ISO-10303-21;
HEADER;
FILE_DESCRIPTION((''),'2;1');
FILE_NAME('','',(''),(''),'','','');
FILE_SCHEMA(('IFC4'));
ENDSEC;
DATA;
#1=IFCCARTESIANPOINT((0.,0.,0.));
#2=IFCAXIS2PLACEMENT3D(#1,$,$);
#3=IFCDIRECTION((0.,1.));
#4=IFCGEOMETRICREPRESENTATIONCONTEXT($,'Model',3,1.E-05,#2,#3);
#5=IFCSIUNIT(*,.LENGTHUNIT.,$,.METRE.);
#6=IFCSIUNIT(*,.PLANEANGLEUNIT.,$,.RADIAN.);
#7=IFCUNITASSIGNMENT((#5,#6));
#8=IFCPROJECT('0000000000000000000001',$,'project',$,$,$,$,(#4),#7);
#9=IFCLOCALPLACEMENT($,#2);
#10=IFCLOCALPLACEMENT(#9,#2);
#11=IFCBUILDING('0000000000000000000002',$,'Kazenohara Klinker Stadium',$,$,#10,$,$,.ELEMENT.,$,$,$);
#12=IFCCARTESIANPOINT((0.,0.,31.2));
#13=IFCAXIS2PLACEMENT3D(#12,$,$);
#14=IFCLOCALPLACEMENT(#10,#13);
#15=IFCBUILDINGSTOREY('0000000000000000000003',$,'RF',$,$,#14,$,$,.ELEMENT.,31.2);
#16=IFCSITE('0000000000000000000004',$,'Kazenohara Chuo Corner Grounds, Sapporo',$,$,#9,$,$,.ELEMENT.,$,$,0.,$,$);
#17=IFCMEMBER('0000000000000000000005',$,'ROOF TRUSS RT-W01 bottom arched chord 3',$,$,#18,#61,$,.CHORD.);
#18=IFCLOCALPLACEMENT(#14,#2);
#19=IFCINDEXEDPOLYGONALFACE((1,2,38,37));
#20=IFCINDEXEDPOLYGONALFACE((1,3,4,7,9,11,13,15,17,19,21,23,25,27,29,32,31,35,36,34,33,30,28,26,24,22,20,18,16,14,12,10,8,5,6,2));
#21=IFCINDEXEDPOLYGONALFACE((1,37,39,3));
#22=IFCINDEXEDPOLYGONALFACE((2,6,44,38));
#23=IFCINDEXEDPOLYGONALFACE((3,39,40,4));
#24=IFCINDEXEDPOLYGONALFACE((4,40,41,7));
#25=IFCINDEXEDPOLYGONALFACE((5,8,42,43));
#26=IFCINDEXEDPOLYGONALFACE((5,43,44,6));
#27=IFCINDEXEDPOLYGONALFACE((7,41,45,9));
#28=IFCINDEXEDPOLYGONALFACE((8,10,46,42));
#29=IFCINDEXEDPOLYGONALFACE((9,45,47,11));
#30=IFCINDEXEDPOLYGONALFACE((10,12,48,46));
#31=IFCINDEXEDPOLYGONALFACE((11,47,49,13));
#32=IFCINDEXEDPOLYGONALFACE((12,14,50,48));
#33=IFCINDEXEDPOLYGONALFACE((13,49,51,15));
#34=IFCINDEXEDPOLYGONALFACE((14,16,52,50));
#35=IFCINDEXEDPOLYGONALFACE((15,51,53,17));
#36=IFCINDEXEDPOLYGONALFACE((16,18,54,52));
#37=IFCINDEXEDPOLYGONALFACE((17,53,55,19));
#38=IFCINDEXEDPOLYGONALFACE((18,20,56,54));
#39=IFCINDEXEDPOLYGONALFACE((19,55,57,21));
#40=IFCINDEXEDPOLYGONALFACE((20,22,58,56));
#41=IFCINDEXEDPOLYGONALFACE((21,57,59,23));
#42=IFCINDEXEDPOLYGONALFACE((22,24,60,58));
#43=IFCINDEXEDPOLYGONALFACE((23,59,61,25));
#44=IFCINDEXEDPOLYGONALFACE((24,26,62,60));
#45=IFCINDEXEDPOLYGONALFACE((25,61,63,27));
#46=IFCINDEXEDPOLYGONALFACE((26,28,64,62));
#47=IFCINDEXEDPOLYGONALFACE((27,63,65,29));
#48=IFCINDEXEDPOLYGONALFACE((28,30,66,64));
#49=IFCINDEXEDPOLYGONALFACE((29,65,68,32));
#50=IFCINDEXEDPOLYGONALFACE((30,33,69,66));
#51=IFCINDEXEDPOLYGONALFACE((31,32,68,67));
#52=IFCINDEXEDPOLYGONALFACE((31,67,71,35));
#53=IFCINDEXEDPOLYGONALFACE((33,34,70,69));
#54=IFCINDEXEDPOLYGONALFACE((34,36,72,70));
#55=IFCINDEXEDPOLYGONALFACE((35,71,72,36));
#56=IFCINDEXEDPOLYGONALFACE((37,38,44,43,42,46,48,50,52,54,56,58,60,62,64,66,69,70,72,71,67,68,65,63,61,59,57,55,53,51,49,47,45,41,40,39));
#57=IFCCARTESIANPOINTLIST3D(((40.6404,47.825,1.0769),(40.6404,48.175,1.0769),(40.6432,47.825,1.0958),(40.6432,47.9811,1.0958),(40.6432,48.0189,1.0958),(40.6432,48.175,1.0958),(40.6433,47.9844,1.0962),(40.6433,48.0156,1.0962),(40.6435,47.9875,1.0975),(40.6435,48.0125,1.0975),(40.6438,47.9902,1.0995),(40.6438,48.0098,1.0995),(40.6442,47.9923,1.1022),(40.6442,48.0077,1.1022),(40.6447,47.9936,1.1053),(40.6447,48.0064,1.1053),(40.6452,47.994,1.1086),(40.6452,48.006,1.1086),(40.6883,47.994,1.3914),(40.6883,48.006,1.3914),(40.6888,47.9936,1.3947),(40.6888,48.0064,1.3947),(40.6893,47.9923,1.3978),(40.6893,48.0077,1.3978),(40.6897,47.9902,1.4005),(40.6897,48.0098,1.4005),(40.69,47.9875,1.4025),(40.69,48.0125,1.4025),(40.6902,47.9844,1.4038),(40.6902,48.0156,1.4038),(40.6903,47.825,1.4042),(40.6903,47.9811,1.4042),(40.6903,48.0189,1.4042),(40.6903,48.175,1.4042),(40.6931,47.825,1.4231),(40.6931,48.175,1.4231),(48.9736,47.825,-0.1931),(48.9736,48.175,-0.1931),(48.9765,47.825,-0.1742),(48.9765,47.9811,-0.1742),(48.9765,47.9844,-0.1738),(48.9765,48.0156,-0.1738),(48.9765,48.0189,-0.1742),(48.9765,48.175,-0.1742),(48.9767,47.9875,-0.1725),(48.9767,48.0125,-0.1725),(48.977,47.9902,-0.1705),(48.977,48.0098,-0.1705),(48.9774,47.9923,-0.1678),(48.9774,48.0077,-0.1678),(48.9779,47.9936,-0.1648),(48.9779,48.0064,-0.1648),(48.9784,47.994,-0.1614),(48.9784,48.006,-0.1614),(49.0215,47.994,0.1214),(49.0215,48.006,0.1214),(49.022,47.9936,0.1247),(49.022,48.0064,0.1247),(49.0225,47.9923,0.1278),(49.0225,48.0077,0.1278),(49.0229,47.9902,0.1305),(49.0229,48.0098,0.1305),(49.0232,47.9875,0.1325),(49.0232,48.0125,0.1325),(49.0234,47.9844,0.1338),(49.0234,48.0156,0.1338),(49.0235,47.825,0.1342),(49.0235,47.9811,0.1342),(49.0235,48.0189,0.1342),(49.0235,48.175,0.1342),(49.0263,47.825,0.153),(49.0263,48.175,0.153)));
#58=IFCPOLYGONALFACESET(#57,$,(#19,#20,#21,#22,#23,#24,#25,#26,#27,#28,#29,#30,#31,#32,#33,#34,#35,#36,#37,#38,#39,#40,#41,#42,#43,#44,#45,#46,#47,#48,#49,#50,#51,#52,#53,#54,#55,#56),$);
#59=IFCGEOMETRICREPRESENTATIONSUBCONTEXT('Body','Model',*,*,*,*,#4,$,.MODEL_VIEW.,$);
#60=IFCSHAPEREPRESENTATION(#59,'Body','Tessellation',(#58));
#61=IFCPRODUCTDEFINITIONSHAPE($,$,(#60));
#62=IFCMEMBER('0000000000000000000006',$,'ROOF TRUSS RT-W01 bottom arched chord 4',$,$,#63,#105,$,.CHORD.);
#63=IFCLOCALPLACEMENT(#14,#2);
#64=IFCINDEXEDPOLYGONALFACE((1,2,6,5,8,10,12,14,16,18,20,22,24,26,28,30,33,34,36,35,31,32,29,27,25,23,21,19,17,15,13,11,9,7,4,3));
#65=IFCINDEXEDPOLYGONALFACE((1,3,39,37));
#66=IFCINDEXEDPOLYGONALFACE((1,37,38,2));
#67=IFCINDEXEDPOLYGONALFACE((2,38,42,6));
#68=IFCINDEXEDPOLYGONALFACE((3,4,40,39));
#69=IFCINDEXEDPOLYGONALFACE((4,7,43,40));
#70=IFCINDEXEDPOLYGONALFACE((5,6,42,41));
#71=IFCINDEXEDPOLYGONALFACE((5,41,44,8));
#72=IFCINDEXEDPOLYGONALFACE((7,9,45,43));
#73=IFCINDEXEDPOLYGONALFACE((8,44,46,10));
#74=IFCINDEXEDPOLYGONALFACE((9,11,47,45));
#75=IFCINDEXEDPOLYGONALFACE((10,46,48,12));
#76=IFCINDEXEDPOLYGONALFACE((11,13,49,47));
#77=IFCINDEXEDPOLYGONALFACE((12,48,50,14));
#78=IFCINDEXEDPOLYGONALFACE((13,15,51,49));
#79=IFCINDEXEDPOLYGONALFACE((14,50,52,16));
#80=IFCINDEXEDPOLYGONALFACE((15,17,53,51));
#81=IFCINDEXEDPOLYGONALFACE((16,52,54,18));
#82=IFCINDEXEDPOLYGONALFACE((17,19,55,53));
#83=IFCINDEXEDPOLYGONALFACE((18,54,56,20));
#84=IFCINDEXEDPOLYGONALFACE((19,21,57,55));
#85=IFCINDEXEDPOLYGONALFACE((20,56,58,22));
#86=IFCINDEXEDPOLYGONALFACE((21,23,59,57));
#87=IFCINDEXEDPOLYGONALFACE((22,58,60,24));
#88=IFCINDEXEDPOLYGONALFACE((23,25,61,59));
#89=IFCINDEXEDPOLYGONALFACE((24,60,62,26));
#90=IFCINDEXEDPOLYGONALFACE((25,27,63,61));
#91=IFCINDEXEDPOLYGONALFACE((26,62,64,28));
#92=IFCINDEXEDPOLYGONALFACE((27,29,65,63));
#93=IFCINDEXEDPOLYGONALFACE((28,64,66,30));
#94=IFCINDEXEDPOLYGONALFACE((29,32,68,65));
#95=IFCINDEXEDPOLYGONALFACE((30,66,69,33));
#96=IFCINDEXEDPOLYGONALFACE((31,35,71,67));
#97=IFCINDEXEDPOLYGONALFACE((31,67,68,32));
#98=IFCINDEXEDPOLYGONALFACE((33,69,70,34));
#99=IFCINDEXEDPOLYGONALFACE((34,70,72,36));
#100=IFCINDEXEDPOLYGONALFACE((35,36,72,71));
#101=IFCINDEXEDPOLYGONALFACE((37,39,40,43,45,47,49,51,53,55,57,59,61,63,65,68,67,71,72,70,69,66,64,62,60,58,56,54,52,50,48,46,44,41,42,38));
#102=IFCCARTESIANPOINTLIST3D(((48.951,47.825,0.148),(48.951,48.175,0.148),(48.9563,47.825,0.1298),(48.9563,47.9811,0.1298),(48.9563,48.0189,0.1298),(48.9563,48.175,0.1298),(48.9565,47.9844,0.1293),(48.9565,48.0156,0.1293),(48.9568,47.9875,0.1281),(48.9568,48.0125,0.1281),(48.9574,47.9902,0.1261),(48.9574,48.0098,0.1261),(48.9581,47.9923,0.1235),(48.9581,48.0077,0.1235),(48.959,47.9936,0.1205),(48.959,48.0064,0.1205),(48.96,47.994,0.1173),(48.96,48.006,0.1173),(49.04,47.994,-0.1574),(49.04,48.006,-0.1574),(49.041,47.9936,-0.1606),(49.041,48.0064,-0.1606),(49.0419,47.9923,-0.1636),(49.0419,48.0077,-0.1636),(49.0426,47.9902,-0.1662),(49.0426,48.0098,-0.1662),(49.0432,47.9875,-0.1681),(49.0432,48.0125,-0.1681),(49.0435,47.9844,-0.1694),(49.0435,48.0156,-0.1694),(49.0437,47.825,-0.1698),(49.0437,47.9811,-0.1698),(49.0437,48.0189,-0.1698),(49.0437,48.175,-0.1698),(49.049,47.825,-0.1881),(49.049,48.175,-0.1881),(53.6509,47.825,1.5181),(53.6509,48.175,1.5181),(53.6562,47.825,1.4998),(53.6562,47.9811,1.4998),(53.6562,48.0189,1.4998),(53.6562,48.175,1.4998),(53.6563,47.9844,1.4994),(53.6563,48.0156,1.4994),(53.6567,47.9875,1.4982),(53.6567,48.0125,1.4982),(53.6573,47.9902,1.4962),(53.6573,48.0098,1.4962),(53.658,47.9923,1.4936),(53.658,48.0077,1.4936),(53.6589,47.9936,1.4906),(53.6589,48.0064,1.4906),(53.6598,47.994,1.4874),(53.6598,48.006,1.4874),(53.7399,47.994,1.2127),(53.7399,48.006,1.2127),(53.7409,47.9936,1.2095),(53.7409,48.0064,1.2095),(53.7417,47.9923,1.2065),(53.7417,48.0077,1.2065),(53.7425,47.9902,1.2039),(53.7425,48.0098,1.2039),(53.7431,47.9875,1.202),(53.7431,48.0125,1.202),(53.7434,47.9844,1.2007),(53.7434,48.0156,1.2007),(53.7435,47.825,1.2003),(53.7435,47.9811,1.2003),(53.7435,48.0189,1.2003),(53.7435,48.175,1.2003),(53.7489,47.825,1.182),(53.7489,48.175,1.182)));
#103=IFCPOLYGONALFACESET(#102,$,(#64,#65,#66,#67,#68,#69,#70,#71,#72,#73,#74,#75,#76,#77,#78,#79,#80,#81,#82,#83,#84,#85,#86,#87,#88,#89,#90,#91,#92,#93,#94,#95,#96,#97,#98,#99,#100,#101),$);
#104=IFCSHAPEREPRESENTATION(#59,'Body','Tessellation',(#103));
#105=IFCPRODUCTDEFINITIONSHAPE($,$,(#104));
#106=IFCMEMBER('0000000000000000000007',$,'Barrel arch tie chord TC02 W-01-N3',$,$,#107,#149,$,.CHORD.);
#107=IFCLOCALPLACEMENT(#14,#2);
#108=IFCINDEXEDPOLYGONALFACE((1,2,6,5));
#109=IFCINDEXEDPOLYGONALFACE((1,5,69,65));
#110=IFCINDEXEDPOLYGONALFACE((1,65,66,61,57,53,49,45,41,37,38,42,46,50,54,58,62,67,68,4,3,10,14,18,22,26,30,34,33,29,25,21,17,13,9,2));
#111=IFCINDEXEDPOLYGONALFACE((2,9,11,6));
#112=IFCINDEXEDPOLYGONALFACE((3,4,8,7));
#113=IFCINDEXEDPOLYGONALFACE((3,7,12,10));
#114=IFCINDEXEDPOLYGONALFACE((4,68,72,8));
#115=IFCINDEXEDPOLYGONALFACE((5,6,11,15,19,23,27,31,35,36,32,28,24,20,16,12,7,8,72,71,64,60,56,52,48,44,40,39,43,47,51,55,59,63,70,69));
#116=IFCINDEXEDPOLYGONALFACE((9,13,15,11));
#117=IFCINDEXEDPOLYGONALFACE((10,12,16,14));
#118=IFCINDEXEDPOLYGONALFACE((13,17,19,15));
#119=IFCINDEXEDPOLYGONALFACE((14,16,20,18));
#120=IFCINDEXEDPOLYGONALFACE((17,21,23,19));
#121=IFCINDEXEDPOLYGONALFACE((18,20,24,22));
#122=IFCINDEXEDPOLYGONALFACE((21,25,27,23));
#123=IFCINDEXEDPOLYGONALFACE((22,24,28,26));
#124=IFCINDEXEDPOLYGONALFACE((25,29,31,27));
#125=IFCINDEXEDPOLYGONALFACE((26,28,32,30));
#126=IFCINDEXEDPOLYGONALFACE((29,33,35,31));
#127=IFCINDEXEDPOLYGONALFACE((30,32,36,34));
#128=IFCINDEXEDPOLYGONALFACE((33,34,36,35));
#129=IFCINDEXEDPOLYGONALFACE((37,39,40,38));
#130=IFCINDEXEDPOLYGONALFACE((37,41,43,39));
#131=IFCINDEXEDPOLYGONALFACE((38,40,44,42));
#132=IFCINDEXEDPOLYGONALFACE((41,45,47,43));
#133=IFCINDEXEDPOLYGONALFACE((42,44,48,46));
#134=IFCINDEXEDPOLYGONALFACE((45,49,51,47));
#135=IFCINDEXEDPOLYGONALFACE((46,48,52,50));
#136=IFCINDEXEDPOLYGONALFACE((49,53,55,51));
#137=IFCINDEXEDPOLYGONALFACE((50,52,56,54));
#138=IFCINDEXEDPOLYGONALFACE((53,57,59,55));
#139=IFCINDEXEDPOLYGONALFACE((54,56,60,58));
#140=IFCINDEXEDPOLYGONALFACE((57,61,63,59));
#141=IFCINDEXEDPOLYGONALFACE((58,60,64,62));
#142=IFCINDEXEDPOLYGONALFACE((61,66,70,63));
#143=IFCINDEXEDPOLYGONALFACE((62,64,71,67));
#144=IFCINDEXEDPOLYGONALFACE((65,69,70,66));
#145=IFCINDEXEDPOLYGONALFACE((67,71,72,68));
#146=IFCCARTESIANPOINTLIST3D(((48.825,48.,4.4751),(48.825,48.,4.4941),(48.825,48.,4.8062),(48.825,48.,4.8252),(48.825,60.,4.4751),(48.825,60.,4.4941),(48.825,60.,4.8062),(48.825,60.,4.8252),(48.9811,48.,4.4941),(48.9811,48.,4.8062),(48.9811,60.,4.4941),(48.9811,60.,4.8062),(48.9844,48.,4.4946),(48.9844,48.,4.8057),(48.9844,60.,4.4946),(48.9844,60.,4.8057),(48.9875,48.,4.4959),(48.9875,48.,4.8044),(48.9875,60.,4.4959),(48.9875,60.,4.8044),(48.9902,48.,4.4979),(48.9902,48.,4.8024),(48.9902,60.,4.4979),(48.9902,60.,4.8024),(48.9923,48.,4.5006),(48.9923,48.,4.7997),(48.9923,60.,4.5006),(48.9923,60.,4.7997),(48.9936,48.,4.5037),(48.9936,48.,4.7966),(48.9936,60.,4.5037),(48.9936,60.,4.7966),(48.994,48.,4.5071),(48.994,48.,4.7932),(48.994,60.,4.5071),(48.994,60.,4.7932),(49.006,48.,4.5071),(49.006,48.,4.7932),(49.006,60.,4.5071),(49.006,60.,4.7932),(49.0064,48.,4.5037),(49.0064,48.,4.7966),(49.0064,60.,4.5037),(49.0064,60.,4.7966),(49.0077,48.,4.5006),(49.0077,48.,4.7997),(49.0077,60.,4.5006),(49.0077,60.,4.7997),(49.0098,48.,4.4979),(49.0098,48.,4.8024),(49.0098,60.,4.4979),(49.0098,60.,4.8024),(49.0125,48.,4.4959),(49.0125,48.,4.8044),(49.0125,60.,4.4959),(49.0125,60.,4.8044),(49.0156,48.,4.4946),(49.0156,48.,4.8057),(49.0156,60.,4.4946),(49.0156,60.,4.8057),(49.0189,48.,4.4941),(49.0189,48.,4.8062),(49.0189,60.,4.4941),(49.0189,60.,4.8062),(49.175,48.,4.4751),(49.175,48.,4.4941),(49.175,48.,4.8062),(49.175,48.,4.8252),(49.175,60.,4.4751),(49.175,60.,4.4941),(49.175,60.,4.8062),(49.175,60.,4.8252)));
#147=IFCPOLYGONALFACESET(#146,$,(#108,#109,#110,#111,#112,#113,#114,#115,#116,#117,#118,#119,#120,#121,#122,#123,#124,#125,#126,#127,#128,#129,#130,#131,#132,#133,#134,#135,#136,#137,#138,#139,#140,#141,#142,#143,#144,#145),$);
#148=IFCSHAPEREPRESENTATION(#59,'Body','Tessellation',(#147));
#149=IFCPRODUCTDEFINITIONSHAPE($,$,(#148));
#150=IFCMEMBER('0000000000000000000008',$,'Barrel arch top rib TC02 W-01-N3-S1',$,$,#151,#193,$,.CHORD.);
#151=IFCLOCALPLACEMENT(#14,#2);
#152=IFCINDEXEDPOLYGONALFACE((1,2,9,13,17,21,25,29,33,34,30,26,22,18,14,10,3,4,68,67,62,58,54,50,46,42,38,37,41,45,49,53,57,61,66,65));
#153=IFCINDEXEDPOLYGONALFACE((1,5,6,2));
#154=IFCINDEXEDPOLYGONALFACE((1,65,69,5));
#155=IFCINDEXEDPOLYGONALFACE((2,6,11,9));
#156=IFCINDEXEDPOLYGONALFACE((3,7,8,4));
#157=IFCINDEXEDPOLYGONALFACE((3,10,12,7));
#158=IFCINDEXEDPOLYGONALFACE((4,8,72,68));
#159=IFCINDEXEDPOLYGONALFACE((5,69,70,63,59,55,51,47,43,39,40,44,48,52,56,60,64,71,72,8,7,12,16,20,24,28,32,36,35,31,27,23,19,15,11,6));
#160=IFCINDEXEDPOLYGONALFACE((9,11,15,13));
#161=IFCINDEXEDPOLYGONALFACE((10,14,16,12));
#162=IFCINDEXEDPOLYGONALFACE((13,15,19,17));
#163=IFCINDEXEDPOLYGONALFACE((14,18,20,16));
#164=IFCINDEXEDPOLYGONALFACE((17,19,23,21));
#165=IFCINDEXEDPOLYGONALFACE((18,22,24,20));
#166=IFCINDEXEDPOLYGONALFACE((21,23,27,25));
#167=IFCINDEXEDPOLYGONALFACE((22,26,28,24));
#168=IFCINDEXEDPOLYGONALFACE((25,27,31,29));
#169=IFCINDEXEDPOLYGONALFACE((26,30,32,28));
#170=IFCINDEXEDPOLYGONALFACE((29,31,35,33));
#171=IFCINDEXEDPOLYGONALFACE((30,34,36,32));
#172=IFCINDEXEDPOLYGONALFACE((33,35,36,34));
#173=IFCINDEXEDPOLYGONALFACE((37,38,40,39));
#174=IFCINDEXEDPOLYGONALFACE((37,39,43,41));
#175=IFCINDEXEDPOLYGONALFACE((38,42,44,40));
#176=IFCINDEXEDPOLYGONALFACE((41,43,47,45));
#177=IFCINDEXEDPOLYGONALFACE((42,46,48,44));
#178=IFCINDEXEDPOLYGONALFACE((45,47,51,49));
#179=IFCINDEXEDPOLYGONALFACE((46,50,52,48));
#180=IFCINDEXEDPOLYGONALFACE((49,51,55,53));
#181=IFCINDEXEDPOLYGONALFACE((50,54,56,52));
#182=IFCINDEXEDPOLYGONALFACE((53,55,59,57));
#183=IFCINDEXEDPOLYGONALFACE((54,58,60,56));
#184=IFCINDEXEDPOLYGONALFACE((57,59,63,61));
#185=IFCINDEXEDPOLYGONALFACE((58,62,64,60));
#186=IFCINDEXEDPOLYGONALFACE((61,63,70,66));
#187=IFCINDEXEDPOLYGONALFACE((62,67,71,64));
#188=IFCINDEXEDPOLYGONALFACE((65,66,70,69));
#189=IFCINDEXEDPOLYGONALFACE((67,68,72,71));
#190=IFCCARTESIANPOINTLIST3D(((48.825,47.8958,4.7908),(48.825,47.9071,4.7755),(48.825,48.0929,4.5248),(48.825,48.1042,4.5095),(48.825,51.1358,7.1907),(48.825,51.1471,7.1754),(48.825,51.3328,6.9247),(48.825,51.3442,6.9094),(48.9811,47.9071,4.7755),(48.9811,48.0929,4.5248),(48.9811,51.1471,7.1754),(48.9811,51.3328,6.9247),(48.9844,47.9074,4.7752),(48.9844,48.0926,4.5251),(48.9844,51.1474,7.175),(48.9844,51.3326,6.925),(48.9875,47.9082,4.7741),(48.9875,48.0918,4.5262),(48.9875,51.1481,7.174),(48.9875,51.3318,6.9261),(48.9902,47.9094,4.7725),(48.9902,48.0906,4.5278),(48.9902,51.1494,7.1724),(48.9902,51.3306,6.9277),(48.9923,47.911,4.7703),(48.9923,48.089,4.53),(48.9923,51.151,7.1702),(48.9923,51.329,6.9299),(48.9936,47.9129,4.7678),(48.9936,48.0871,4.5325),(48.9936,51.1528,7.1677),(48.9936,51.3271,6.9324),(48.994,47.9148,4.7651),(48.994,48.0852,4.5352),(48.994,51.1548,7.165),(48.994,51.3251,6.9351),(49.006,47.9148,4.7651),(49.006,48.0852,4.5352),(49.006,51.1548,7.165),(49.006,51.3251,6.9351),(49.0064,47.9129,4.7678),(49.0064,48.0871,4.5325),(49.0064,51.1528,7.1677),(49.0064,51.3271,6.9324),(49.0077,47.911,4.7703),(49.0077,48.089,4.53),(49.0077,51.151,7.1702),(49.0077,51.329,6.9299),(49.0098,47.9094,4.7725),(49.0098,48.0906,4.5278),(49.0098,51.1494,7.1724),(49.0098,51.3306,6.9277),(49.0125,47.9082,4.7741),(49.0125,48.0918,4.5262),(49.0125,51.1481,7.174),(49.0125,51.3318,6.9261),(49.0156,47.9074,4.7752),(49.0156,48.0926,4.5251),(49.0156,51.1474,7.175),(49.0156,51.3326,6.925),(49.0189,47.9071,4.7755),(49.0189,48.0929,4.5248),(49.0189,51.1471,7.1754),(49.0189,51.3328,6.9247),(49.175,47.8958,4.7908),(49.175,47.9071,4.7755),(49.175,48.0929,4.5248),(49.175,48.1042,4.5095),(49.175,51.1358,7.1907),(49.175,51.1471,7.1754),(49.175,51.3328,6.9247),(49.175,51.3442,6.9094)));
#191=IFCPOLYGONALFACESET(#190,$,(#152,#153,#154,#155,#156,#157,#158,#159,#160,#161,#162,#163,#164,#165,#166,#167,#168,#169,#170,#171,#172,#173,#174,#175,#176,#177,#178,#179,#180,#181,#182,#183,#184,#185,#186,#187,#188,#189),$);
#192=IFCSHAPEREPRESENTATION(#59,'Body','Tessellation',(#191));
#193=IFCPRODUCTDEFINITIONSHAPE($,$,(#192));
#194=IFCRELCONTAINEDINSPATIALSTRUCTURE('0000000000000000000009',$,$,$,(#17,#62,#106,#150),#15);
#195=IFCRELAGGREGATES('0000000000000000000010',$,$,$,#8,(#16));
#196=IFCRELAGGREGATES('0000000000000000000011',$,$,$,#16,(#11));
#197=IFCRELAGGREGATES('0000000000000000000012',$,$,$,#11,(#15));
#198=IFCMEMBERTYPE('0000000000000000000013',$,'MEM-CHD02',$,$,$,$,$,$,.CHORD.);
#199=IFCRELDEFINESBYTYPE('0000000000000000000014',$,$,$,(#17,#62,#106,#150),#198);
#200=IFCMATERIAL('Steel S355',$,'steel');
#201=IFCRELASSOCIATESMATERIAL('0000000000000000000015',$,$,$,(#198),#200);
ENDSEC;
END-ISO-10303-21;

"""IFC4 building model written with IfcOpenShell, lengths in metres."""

from ifc_helpers import new_model, si_unit, direction, frame, origin, origin_2d, place, context, subcontext, project, spatial, i_section, extrude, material, material_profile, profile_set, type_object, element, save


model = new_model("IFC4")

# Units and contexts
model_context = context("Model", 3, precision=1e-05, world=origin(), true_north=direction((0.0, 1.0)))
body_context = subcontext(model_context, "Body", "Model", "MODEL_VIEW")
ifc_project = project(units=[si_unit("LENGTHUNIT", "METRE"), si_unit("PLANEANGLEUNIT", "RADIAN")], contexts=[model_context])

# Site, building, storey
site_placement = place(None, origin())
site = spatial("IfcSite", under=ifc_project, at=site_placement, Name="Kazenohara Chuo Corner Grounds, Sapporo", CompositionType="ELEMENT", RefElevation=0.0)
building_placement = place(site_placement, origin())
building = spatial("IfcBuilding", under=site, at=building_placement, Name="Kazenohara Klinker Stadium", CompositionType="ELEMENT")
storey_placement = place(building_placement, frame((0.0, 0.0, 31.2)))
storey = spatial("IfcBuildingStorey", under=building, at=storey_placement, Name="RF", CompositionType="ELEMENT", Elevation=31.2)

# Members
ifc_material_1 = material(Name="Steel S355", Category="steel")
ifc_material_profile_1 = material_profile(ifc_material_1, i_section(OverallWidth=0.3501, OverallDepth=0.3501, WebThickness=0.012, FlangeThickness=0.019, FilletRadius=0.0129, at=origin_2d()), Name="H-350x350x12x19")
ifc_profile_set_1 = profile_set([ifc_material_profile_1], Name="Steel S355")
member_type_1 = type_object("IfcMemberType", Name="MEM-CHD02", PredefinedType="CHORD", material=ifc_profile_set_1)
member_1_placement = place(storey_placement, frame((40.6667, 48.0, 1.25), z_axis=(0.988585, 0.0, -0.150664), x_axis=(0.0, 1.0, 0.0)))
element("IfcMember", 1, at=member_1_placement, inside=storey, type_object=member_type_1, Name="ROOF TRUSS RT-W01 bottom arched chord 3", PredefinedType="CHORD", context=body_context, shape_type="SweptSolid", body=[
    extrude(i_section(OverallWidth=0.3501, OverallDepth=0.3501, WebThickness=0.012, FlangeThickness=0.019, FilletRadius=0.0129, at=origin_2d()), origin(), (0.0, 0.0, 1.0), 8.4294),
])
member_2_placement = place(storey_placement, frame((49.0, 48.0, -0.02), z_axis=(0.960039, 0.0, 0.279868), x_axis=(0.0, 1.0, 0.0)))
element("IfcMember", 2, at=member_2_placement, inside=storey, type_object=member_type_1, Name="ROOF TRUSS RT-W01 bottom arched chord 4", PredefinedType="CHORD", context=body_context, shape_type="SweptSolid", body=[
    extrude(i_section(OverallWidth=0.3501, OverallDepth=0.3501, WebThickness=0.012, FlangeThickness=0.019, FilletRadius=0.0129, at=origin_2d()), origin(), (0.0, 0.0, 1.0), 4.8955),
])
member_3_placement = place(storey_placement, frame((49.0, 48.0, 4.6501), z_axis=(0.0, 1.0, 0.0), x_axis=(-1.0, 0.0, 0.0)))
element("IfcMember", 3, at=member_3_placement, inside=storey, type_object=member_type_1, Name="Barrel arch tie chord TC02 W-01-N3", PredefinedType="CHORD", context=body_context, shape_type="SweptSolid", body=[
    extrude(i_section(OverallWidth=0.3501, OverallDepth=0.3501, WebThickness=0.012, FlangeThickness=0.019, FilletRadius=0.0129, at=origin_2d()), origin(), (0.0, 0.0, 1.0), 12.0),
])
member_4_placement = place(storey_placement, frame((49.0, 48.0, 4.6501), z_axis=(0.0, 0.803568, 0.595213), x_axis=(-1.0, 0.0, 0.0)))
element("IfcMember", 4, at=member_4_placement, inside=storey, type_object=member_type_1, Name="Barrel arch top rib TC02 W-01-N3-S1", PredefinedType="CHORD", context=body_context, shape_type="SweptSolid", body=[
    extrude(i_section(OverallWidth=0.3501, OverallDepth=0.3501, WebThickness=0.012, FlangeThickness=0.019, FilletRadius=0.0129, at=origin_2d()), origin(), (0.0, 0.0, 1.0), 4.032),
])

save(model, "model.ifc")
